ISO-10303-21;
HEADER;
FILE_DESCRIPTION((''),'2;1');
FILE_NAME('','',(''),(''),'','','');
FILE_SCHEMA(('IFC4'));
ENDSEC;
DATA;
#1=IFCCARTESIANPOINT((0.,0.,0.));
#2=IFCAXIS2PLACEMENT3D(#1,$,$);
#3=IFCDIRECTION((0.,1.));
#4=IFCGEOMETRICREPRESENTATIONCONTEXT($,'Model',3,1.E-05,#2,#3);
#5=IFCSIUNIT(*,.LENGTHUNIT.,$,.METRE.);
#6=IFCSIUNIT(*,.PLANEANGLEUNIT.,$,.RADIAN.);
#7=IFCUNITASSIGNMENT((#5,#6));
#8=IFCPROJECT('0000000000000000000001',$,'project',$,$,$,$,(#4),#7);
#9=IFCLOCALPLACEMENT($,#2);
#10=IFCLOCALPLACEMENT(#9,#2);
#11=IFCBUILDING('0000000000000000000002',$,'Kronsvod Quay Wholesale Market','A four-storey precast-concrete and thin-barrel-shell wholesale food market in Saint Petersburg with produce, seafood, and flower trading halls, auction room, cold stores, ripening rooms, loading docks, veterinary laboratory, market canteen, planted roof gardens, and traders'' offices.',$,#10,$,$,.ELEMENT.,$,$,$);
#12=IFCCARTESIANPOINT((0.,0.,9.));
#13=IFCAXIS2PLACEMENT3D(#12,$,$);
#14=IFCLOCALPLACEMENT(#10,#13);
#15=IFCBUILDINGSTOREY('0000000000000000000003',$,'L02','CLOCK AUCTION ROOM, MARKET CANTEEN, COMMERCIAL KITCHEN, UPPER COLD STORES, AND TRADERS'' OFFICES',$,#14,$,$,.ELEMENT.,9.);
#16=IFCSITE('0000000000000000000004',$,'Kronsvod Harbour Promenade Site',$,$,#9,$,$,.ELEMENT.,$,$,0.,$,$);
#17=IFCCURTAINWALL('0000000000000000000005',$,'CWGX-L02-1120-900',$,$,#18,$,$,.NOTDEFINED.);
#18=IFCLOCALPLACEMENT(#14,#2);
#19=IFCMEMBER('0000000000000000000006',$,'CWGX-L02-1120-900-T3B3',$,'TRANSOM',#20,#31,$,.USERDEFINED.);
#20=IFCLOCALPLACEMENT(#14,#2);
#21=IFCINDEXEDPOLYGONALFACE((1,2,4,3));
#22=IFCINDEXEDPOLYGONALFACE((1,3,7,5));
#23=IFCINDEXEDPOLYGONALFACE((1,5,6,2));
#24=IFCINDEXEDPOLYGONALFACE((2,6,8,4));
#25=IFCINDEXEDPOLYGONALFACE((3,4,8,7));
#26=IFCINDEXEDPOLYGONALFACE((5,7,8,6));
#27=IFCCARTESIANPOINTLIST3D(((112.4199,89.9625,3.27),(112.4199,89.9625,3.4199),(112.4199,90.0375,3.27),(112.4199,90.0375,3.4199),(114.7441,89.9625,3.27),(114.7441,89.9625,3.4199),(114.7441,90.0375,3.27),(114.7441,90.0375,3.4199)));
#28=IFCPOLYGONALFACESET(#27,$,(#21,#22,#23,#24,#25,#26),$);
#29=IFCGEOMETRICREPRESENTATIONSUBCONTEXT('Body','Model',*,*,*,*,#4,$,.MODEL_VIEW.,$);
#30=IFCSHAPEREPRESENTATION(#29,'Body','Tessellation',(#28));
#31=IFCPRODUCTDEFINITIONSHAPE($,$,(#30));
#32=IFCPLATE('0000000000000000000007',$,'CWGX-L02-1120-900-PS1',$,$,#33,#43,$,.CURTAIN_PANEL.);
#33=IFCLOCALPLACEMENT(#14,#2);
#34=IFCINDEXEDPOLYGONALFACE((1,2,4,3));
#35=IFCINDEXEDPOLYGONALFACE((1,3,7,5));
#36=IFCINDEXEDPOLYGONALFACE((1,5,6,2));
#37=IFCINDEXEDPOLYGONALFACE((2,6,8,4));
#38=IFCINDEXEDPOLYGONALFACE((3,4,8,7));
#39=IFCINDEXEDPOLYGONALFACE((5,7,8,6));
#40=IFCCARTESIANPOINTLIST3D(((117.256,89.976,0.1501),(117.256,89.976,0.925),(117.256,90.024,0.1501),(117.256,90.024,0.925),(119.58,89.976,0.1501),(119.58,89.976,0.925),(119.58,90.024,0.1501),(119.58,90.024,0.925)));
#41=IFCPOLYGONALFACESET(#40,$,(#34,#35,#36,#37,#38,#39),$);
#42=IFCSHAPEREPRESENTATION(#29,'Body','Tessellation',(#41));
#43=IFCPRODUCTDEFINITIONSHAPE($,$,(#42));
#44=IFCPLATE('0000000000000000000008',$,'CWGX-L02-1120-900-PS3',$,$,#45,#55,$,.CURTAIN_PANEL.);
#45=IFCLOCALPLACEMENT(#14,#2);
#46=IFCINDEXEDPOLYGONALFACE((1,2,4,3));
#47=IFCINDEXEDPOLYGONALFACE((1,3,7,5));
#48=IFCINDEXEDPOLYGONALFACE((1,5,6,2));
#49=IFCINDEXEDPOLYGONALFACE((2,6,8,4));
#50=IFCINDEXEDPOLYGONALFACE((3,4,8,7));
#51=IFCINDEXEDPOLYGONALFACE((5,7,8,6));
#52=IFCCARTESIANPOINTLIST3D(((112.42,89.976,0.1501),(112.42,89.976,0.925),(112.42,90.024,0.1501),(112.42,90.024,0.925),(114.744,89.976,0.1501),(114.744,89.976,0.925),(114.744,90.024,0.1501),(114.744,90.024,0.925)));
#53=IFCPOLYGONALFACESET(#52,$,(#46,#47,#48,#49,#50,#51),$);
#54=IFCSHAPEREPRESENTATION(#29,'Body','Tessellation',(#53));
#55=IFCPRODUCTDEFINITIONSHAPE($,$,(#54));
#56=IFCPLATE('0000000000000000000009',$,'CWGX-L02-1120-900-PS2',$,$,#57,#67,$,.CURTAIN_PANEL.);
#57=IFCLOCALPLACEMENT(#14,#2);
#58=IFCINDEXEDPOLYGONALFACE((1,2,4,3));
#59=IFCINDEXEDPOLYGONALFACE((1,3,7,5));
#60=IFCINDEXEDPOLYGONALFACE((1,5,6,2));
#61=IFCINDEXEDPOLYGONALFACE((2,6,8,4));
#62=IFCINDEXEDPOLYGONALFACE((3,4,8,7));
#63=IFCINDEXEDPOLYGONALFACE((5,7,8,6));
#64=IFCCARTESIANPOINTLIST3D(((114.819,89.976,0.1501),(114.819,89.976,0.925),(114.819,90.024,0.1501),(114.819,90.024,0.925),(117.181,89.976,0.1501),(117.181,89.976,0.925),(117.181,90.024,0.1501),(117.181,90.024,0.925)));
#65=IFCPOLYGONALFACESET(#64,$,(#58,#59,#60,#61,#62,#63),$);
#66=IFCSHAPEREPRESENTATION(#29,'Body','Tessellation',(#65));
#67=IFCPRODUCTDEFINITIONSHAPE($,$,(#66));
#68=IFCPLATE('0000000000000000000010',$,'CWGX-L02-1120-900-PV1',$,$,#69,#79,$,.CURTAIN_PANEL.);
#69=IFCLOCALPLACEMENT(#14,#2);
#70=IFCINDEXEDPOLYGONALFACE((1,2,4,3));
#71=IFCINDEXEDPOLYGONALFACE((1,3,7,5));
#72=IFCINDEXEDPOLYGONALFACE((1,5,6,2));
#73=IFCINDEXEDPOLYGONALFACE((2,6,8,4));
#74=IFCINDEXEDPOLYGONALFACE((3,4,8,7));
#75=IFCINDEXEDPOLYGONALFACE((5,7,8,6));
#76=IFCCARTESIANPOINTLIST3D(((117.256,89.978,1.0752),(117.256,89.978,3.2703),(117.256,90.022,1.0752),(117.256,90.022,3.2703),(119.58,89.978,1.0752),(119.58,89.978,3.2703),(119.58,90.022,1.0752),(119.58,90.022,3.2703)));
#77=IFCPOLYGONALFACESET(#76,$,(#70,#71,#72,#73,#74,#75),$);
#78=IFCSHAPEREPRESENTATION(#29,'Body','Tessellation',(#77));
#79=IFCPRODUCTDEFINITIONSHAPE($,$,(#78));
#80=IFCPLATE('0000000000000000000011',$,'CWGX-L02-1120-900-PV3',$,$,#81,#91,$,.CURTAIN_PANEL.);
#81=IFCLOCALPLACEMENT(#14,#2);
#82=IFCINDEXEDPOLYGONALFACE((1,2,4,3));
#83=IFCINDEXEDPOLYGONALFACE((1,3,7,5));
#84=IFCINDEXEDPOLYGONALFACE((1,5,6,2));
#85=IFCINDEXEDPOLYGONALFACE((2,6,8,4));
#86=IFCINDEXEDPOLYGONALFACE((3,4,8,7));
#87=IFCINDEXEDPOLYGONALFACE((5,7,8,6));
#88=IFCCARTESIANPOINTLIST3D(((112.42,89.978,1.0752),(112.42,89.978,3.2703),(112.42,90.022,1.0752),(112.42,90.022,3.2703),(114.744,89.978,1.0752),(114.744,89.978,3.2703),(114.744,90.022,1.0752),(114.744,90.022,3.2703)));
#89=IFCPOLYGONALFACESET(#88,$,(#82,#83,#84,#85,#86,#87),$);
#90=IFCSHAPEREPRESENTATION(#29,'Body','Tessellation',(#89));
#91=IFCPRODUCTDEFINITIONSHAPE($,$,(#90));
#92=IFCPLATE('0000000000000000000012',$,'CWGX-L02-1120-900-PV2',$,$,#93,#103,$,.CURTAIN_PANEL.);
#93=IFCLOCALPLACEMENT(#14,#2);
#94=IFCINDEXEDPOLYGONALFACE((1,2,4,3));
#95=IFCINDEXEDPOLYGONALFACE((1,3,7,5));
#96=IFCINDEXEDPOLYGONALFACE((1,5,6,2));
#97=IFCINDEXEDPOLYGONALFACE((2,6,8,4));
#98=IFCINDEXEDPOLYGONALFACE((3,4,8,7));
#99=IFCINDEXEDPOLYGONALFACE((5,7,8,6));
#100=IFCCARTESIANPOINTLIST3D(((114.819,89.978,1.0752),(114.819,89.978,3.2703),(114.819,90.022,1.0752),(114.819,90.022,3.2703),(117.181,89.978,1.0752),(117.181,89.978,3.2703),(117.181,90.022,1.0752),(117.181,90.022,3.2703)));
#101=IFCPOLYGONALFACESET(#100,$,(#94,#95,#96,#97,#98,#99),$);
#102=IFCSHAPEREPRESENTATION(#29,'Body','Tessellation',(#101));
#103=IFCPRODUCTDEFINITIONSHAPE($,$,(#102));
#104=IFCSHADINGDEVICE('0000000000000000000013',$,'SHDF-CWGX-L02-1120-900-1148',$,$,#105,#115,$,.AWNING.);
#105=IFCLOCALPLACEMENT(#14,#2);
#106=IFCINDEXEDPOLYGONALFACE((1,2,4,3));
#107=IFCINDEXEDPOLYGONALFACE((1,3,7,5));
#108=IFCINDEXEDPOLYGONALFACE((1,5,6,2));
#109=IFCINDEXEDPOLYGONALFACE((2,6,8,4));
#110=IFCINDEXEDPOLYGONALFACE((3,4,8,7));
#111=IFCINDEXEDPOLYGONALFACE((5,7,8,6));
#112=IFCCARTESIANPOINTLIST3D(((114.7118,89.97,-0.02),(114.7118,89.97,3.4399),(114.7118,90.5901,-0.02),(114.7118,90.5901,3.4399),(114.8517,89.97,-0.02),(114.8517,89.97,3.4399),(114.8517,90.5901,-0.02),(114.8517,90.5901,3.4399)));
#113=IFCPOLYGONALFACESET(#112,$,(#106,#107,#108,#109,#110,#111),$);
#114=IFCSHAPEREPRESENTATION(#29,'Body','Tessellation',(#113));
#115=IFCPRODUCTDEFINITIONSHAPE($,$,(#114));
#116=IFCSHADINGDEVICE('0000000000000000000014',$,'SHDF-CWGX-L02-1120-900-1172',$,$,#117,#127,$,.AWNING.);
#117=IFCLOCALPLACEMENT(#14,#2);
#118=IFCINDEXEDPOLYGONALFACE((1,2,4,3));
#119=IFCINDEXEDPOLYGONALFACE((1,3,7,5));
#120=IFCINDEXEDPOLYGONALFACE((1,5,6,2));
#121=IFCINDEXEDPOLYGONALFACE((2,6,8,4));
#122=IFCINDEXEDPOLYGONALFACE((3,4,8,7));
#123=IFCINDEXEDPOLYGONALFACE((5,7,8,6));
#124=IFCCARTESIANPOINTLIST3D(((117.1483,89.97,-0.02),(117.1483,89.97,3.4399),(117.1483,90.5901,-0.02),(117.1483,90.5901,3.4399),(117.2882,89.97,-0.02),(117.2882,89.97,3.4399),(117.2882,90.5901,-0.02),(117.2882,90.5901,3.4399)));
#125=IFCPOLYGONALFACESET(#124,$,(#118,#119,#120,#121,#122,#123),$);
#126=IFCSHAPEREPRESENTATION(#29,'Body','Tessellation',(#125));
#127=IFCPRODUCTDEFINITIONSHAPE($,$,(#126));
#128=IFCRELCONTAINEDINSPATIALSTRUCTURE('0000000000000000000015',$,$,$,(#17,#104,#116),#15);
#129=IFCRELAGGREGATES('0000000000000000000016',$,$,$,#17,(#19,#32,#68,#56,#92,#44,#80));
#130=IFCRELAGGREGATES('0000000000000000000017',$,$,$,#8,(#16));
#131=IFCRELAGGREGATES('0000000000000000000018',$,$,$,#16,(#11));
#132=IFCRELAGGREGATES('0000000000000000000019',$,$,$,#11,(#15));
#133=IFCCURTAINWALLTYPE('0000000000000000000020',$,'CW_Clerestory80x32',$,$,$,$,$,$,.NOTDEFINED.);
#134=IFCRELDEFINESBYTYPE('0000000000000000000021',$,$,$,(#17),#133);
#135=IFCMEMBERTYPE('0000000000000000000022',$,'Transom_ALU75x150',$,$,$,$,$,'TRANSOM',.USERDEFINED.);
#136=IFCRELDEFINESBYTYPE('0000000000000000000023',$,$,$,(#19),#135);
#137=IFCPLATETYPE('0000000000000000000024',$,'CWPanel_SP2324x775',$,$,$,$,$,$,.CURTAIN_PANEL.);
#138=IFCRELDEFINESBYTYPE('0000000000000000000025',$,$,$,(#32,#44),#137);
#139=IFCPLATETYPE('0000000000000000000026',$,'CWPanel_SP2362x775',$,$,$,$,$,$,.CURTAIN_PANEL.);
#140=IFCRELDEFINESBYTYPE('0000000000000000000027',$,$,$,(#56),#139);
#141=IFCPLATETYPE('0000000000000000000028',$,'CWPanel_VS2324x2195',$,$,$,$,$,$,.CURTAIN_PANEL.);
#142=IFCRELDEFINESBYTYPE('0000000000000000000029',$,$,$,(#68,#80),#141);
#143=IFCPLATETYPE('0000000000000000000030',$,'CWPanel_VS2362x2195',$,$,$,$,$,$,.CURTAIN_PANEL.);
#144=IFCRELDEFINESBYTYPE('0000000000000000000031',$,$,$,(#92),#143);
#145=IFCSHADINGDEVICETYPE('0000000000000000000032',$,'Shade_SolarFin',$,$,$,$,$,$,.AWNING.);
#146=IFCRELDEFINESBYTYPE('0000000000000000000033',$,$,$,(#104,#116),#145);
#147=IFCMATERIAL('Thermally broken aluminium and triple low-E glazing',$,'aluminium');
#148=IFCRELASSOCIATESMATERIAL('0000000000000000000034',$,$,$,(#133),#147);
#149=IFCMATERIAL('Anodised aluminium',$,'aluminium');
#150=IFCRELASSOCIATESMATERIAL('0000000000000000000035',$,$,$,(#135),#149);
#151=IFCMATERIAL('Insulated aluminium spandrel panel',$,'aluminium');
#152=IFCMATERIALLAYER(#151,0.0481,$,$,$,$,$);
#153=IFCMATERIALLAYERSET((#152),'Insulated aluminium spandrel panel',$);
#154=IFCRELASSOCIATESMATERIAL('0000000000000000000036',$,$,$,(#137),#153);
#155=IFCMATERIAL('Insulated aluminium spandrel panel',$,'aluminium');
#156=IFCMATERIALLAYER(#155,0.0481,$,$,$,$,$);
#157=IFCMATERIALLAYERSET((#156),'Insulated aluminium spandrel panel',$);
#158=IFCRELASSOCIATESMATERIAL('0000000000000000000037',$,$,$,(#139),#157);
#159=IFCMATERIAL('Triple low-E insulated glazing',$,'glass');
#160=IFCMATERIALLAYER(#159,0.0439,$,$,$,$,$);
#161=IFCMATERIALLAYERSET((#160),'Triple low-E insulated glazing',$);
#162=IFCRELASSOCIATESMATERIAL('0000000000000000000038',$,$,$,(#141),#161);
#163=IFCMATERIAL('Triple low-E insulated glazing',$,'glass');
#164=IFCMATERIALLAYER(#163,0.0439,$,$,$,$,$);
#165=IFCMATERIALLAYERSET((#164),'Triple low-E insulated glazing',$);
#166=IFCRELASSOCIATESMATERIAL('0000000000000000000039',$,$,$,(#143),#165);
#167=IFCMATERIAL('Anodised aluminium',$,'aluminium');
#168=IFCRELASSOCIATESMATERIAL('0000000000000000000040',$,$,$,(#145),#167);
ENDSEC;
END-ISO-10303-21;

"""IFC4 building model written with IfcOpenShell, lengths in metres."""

from ifc_helpers import new_model, si_unit, direction, frame, origin, origin_2d, place, context, subcontext, project, spatial, rectangle, extrude, material, layer, layer_set, material_profile, profile_set, type_object, element, aggregate, save


model = new_model("IFC4")

# Units and contexts
model_context = context("Model", 3, precision=1e-05, world=origin(), true_north=direction((0.0, 1.0)))
body_context = subcontext(model_context, "Body", "Model", "MODEL_VIEW")
ifc_project = project(units=[si_unit("LENGTHUNIT", "METRE"), si_unit("PLANEANGLEUNIT", "RADIAN")], contexts=[model_context])

# Site, building, storey
site_placement = place(None, origin())
site = spatial("IfcSite", under=ifc_project, at=site_placement, Name="Kronsvod Harbour Promenade Site", CompositionType="ELEMENT", RefElevation=0.0)
building_placement = place(site_placement, origin())
building = spatial("IfcBuilding", under=site, at=building_placement, Name="Kronsvod Quay Wholesale Market", Description="A four-storey precast-concrete and thin-barrel-shell wholesale food market in Saint Petersburg with produce, seafood, and flower trading halls, auction room, cold stores, ripening rooms, loading docks, veterinary laboratory, market canteen, planted roof gardens, and traders' offices.", CompositionType="ELEMENT")
storey_placement = place(building_placement, frame((0.0, 0.0, 9.0)))
storey = spatial("IfcBuildingStorey", under=building, at=storey_placement, Name="L02", Description="CLOCK AUCTION ROOM, MARKET CANTEEN, COMMERCIAL KITCHEN, UPPER COLD STORES, AND TRADERS' OFFICES", CompositionType="ELEMENT", Elevation=9.0)

# Curtain wall, member, plates
ifc_material_1 = material(Name="Thermally broken aluminium and triple low-E glazing", Category="aluminium")
curtain_wall_type = type_object("IfcCurtainWallType", Name="CW_Clerestory80x32", PredefinedType="NOTDEFINED", material=ifc_material_1)
curtain_wall_placement = place(storey_placement, origin())
curtain_wall = element("IfcCurtainWall", 1, at=curtain_wall_placement, inside=storey, type_object=curtain_wall_type, Name="CWGX-L02-1120-900", PredefinedType="NOTDEFINED")
ifc_material_2 = material(Name="Anodised aluminium", Category="aluminium")
ifc_material_profile_1 = material_profile(ifc_material_2, rectangle(XDim=0.075, YDim=0.1499, at=origin_2d()), Name="ALUT75x150")
ifc_profile_set_1 = profile_set([ifc_material_profile_1], Name="Anodised aluminium")
member_type_1 = type_object("IfcMemberType", Name="Transom_ALU75x150", ElementType="TRANSOM", PredefinedType="USERDEFINED", material=ifc_profile_set_1)
member_1_placement = place(storey_placement, frame((114.7441, 90.0, 3.345), z_axis=(-1.0, 0.0, 0.0), x_axis=(0.0, -1.0, 0.0)))
member_1 = element("IfcMember", 2, at=member_1_placement, type_object=member_type_1, Name="CWGX-L02-1120-900-T3B3", ObjectType="TRANSOM", PredefinedType="USERDEFINED", context=body_context, shape_type="SweptSolid", body=[
    extrude(rectangle(XDim=0.075, YDim=0.1499, at=origin_2d()), origin(), (0.0, 0.0, 1.0), 2.3242),
])
ifc_material_3 = material(Name="Insulated aluminium spandrel panel", Category="aluminium")
ifc_layer_1 = layer(ifc_material_3, 0.0481)
ifc_layer_set_1 = layer_set([ifc_layer_1], Name="Insulated aluminium spandrel panel")
plate_type_1 = type_object("IfcPlateType", Name="CWPanel_SP2324x775", PredefinedType="CURTAIN_PANEL", material=ifc_layer_set_1)
plate_1_placement = place(storey_placement, frame((118.418, 90.0, 0.1501), z_axis=(0.0, 0.0, 1.0), x_axis=(-1.0, 0.0, 0.0)))
plate_1 = element("IfcPlate", 3, at=plate_1_placement, type_object=plate_type_1, Name="CWGX-L02-1120-900-PS1", PredefinedType="CURTAIN_PANEL", context=body_context, shape_type="SweptSolid", body=[
    extrude(rectangle(XDim=2.324, YDim=0.0481, at=origin_2d()), origin(), (0.0, 0.0, 1.0), 0.7749),
])
plate_2_placement = place(storey_placement, frame((113.582, 90.0, 0.1501), z_axis=(0.0, 0.0, 1.0), x_axis=(-1.0, 0.0, 0.0)))
plate_2 = element("IfcPlate", 4, at=plate_2_placement, type_object=plate_type_1, Name="CWGX-L02-1120-900-PS3", PredefinedType="CURTAIN_PANEL", context=body_context, shape_type="SweptSolid", body=[
    extrude(rectangle(XDim=2.324, YDim=0.0481, at=origin_2d()), origin(), (0.0, 0.0, 1.0), 0.7749),
])
ifc_material_4 = material(Name="Insulated aluminium spandrel panel", Category="aluminium")
ifc_layer_2 = layer(ifc_material_4, 0.0481)
ifc_layer_set_2 = layer_set([ifc_layer_2], Name="Insulated aluminium spandrel panel")
plate_type_2 = type_object("IfcPlateType", Name="CWPanel_SP2362x775", PredefinedType="CURTAIN_PANEL", material=ifc_layer_set_2)
plate_3_placement = place(storey_placement, frame((116.0, 90.0, 0.1501), z_axis=(0.0, 0.0, 1.0), x_axis=(-1.0, 0.0, 0.0)))
plate_3 = element("IfcPlate", 5, at=plate_3_placement, type_object=plate_type_2, Name="CWGX-L02-1120-900-PS2", PredefinedType="CURTAIN_PANEL", context=body_context, shape_type="SweptSolid", body=[
    extrude(rectangle(XDim=2.3621, YDim=0.0481, at=origin_2d()), origin(), (0.0, 0.0, 1.0), 0.7749),
])
ifc_material_5 = material(Name="Triple low-E insulated glazing", Category="glass")
ifc_layer_3 = layer(ifc_material_5, 0.0439)
ifc_layer_set_3 = layer_set([ifc_layer_3], Name="Triple low-E insulated glazing")
plate_type_3 = type_object("IfcPlateType", Name="CWPanel_VS2324x2195", PredefinedType="CURTAIN_PANEL", material=ifc_layer_set_3)
plate_4_placement = place(storey_placement, frame((118.418, 90.0, 1.0752), z_axis=(0.0, 0.0, 1.0), x_axis=(-1.0, 0.0, 0.0)))
plate_4 = element("IfcPlate", 6, at=plate_4_placement, type_object=plate_type_3, Name="CWGX-L02-1120-900-PV1", PredefinedType="CURTAIN_PANEL", context=body_context, shape_type="SweptSolid", body=[
    extrude(rectangle(XDim=2.324, YDim=0.0439, at=origin_2d()), origin(), (0.0, 0.0, 1.0), 2.1951),
])
plate_5_placement = place(storey_placement, frame((113.582, 90.0, 1.0752), z_axis=(0.0, 0.0, 1.0), x_axis=(-1.0, 0.0, 0.0)))
plate_5 = element("IfcPlate", 7, at=plate_5_placement, type_object=plate_type_3, Name="CWGX-L02-1120-900-PV3", PredefinedType="CURTAIN_PANEL", context=body_context, shape_type="SweptSolid", body=[
    extrude(rectangle(XDim=2.324, YDim=0.0439, at=origin_2d()), origin(), (0.0, 0.0, 1.0), 2.1951),
])
ifc_material_6 = material(Name="Triple low-E insulated glazing", Category="glass")
ifc_layer_4 = layer(ifc_material_6, 0.0439)
ifc_layer_set_4 = layer_set([ifc_layer_4], Name="Triple low-E insulated glazing")
plate_type_4 = type_object("IfcPlateType", Name="CWPanel_VS2362x2195", PredefinedType="CURTAIN_PANEL", material=ifc_layer_set_4)
plate_6_placement = place(storey_placement, frame((116.0, 90.0, 1.0752), z_axis=(0.0, 0.0, 1.0), x_axis=(-1.0, 0.0, 0.0)))
plate_6 = element("IfcPlate", 8, at=plate_6_placement, type_object=plate_type_4, Name="CWGX-L02-1120-900-PV2", PredefinedType="CURTAIN_PANEL", context=body_context, shape_type="SweptSolid", body=[
    extrude(rectangle(XDim=2.3621, YDim=0.0439, at=origin_2d()), origin(), (0.0, 0.0, 1.0), 2.1951),
])
aggregate(curtain_wall, [member_1, plate_1, plate_4, plate_3, plate_6, plate_2, plate_5])

# Shading devices
ifc_material_7 = material(Name="Anodised aluminium", Category="aluminium")
shading_device_type = type_object("IfcShadingDeviceType", Name="Shade_SolarFin", PredefinedType="AWNING", material=ifc_material_7)
for number, where, z_axis, x_axis, name in (
    (9, (114.7817, 90.28, -0.02), (0.0, 0.0, 1.0), (1.0, 0.0, 0.0), "SHDF-CWGX-L02-1120-900-1148"),
    (10, (117.2183, 90.28, -0.02), (0.0, 0.0, 1.0), (1.0, 0.0, 0.0), "SHDF-CWGX-L02-1120-900-1172"),
):
    element("IfcShadingDevice", number, at=place(storey_placement, frame(where, z_axis=z_axis, x_axis=x_axis)), inside=storey, type_object=shading_device_type, Name=name, PredefinedType="AWNING", context=body_context, shape_type="SweptSolid", body=[
        extrude(rectangle(XDim=0.1399, YDim=0.6201, at=origin_2d()), origin(), (0.0, 0.0, 1.0), 3.46),
    ])

save(model, "model.ifc")
